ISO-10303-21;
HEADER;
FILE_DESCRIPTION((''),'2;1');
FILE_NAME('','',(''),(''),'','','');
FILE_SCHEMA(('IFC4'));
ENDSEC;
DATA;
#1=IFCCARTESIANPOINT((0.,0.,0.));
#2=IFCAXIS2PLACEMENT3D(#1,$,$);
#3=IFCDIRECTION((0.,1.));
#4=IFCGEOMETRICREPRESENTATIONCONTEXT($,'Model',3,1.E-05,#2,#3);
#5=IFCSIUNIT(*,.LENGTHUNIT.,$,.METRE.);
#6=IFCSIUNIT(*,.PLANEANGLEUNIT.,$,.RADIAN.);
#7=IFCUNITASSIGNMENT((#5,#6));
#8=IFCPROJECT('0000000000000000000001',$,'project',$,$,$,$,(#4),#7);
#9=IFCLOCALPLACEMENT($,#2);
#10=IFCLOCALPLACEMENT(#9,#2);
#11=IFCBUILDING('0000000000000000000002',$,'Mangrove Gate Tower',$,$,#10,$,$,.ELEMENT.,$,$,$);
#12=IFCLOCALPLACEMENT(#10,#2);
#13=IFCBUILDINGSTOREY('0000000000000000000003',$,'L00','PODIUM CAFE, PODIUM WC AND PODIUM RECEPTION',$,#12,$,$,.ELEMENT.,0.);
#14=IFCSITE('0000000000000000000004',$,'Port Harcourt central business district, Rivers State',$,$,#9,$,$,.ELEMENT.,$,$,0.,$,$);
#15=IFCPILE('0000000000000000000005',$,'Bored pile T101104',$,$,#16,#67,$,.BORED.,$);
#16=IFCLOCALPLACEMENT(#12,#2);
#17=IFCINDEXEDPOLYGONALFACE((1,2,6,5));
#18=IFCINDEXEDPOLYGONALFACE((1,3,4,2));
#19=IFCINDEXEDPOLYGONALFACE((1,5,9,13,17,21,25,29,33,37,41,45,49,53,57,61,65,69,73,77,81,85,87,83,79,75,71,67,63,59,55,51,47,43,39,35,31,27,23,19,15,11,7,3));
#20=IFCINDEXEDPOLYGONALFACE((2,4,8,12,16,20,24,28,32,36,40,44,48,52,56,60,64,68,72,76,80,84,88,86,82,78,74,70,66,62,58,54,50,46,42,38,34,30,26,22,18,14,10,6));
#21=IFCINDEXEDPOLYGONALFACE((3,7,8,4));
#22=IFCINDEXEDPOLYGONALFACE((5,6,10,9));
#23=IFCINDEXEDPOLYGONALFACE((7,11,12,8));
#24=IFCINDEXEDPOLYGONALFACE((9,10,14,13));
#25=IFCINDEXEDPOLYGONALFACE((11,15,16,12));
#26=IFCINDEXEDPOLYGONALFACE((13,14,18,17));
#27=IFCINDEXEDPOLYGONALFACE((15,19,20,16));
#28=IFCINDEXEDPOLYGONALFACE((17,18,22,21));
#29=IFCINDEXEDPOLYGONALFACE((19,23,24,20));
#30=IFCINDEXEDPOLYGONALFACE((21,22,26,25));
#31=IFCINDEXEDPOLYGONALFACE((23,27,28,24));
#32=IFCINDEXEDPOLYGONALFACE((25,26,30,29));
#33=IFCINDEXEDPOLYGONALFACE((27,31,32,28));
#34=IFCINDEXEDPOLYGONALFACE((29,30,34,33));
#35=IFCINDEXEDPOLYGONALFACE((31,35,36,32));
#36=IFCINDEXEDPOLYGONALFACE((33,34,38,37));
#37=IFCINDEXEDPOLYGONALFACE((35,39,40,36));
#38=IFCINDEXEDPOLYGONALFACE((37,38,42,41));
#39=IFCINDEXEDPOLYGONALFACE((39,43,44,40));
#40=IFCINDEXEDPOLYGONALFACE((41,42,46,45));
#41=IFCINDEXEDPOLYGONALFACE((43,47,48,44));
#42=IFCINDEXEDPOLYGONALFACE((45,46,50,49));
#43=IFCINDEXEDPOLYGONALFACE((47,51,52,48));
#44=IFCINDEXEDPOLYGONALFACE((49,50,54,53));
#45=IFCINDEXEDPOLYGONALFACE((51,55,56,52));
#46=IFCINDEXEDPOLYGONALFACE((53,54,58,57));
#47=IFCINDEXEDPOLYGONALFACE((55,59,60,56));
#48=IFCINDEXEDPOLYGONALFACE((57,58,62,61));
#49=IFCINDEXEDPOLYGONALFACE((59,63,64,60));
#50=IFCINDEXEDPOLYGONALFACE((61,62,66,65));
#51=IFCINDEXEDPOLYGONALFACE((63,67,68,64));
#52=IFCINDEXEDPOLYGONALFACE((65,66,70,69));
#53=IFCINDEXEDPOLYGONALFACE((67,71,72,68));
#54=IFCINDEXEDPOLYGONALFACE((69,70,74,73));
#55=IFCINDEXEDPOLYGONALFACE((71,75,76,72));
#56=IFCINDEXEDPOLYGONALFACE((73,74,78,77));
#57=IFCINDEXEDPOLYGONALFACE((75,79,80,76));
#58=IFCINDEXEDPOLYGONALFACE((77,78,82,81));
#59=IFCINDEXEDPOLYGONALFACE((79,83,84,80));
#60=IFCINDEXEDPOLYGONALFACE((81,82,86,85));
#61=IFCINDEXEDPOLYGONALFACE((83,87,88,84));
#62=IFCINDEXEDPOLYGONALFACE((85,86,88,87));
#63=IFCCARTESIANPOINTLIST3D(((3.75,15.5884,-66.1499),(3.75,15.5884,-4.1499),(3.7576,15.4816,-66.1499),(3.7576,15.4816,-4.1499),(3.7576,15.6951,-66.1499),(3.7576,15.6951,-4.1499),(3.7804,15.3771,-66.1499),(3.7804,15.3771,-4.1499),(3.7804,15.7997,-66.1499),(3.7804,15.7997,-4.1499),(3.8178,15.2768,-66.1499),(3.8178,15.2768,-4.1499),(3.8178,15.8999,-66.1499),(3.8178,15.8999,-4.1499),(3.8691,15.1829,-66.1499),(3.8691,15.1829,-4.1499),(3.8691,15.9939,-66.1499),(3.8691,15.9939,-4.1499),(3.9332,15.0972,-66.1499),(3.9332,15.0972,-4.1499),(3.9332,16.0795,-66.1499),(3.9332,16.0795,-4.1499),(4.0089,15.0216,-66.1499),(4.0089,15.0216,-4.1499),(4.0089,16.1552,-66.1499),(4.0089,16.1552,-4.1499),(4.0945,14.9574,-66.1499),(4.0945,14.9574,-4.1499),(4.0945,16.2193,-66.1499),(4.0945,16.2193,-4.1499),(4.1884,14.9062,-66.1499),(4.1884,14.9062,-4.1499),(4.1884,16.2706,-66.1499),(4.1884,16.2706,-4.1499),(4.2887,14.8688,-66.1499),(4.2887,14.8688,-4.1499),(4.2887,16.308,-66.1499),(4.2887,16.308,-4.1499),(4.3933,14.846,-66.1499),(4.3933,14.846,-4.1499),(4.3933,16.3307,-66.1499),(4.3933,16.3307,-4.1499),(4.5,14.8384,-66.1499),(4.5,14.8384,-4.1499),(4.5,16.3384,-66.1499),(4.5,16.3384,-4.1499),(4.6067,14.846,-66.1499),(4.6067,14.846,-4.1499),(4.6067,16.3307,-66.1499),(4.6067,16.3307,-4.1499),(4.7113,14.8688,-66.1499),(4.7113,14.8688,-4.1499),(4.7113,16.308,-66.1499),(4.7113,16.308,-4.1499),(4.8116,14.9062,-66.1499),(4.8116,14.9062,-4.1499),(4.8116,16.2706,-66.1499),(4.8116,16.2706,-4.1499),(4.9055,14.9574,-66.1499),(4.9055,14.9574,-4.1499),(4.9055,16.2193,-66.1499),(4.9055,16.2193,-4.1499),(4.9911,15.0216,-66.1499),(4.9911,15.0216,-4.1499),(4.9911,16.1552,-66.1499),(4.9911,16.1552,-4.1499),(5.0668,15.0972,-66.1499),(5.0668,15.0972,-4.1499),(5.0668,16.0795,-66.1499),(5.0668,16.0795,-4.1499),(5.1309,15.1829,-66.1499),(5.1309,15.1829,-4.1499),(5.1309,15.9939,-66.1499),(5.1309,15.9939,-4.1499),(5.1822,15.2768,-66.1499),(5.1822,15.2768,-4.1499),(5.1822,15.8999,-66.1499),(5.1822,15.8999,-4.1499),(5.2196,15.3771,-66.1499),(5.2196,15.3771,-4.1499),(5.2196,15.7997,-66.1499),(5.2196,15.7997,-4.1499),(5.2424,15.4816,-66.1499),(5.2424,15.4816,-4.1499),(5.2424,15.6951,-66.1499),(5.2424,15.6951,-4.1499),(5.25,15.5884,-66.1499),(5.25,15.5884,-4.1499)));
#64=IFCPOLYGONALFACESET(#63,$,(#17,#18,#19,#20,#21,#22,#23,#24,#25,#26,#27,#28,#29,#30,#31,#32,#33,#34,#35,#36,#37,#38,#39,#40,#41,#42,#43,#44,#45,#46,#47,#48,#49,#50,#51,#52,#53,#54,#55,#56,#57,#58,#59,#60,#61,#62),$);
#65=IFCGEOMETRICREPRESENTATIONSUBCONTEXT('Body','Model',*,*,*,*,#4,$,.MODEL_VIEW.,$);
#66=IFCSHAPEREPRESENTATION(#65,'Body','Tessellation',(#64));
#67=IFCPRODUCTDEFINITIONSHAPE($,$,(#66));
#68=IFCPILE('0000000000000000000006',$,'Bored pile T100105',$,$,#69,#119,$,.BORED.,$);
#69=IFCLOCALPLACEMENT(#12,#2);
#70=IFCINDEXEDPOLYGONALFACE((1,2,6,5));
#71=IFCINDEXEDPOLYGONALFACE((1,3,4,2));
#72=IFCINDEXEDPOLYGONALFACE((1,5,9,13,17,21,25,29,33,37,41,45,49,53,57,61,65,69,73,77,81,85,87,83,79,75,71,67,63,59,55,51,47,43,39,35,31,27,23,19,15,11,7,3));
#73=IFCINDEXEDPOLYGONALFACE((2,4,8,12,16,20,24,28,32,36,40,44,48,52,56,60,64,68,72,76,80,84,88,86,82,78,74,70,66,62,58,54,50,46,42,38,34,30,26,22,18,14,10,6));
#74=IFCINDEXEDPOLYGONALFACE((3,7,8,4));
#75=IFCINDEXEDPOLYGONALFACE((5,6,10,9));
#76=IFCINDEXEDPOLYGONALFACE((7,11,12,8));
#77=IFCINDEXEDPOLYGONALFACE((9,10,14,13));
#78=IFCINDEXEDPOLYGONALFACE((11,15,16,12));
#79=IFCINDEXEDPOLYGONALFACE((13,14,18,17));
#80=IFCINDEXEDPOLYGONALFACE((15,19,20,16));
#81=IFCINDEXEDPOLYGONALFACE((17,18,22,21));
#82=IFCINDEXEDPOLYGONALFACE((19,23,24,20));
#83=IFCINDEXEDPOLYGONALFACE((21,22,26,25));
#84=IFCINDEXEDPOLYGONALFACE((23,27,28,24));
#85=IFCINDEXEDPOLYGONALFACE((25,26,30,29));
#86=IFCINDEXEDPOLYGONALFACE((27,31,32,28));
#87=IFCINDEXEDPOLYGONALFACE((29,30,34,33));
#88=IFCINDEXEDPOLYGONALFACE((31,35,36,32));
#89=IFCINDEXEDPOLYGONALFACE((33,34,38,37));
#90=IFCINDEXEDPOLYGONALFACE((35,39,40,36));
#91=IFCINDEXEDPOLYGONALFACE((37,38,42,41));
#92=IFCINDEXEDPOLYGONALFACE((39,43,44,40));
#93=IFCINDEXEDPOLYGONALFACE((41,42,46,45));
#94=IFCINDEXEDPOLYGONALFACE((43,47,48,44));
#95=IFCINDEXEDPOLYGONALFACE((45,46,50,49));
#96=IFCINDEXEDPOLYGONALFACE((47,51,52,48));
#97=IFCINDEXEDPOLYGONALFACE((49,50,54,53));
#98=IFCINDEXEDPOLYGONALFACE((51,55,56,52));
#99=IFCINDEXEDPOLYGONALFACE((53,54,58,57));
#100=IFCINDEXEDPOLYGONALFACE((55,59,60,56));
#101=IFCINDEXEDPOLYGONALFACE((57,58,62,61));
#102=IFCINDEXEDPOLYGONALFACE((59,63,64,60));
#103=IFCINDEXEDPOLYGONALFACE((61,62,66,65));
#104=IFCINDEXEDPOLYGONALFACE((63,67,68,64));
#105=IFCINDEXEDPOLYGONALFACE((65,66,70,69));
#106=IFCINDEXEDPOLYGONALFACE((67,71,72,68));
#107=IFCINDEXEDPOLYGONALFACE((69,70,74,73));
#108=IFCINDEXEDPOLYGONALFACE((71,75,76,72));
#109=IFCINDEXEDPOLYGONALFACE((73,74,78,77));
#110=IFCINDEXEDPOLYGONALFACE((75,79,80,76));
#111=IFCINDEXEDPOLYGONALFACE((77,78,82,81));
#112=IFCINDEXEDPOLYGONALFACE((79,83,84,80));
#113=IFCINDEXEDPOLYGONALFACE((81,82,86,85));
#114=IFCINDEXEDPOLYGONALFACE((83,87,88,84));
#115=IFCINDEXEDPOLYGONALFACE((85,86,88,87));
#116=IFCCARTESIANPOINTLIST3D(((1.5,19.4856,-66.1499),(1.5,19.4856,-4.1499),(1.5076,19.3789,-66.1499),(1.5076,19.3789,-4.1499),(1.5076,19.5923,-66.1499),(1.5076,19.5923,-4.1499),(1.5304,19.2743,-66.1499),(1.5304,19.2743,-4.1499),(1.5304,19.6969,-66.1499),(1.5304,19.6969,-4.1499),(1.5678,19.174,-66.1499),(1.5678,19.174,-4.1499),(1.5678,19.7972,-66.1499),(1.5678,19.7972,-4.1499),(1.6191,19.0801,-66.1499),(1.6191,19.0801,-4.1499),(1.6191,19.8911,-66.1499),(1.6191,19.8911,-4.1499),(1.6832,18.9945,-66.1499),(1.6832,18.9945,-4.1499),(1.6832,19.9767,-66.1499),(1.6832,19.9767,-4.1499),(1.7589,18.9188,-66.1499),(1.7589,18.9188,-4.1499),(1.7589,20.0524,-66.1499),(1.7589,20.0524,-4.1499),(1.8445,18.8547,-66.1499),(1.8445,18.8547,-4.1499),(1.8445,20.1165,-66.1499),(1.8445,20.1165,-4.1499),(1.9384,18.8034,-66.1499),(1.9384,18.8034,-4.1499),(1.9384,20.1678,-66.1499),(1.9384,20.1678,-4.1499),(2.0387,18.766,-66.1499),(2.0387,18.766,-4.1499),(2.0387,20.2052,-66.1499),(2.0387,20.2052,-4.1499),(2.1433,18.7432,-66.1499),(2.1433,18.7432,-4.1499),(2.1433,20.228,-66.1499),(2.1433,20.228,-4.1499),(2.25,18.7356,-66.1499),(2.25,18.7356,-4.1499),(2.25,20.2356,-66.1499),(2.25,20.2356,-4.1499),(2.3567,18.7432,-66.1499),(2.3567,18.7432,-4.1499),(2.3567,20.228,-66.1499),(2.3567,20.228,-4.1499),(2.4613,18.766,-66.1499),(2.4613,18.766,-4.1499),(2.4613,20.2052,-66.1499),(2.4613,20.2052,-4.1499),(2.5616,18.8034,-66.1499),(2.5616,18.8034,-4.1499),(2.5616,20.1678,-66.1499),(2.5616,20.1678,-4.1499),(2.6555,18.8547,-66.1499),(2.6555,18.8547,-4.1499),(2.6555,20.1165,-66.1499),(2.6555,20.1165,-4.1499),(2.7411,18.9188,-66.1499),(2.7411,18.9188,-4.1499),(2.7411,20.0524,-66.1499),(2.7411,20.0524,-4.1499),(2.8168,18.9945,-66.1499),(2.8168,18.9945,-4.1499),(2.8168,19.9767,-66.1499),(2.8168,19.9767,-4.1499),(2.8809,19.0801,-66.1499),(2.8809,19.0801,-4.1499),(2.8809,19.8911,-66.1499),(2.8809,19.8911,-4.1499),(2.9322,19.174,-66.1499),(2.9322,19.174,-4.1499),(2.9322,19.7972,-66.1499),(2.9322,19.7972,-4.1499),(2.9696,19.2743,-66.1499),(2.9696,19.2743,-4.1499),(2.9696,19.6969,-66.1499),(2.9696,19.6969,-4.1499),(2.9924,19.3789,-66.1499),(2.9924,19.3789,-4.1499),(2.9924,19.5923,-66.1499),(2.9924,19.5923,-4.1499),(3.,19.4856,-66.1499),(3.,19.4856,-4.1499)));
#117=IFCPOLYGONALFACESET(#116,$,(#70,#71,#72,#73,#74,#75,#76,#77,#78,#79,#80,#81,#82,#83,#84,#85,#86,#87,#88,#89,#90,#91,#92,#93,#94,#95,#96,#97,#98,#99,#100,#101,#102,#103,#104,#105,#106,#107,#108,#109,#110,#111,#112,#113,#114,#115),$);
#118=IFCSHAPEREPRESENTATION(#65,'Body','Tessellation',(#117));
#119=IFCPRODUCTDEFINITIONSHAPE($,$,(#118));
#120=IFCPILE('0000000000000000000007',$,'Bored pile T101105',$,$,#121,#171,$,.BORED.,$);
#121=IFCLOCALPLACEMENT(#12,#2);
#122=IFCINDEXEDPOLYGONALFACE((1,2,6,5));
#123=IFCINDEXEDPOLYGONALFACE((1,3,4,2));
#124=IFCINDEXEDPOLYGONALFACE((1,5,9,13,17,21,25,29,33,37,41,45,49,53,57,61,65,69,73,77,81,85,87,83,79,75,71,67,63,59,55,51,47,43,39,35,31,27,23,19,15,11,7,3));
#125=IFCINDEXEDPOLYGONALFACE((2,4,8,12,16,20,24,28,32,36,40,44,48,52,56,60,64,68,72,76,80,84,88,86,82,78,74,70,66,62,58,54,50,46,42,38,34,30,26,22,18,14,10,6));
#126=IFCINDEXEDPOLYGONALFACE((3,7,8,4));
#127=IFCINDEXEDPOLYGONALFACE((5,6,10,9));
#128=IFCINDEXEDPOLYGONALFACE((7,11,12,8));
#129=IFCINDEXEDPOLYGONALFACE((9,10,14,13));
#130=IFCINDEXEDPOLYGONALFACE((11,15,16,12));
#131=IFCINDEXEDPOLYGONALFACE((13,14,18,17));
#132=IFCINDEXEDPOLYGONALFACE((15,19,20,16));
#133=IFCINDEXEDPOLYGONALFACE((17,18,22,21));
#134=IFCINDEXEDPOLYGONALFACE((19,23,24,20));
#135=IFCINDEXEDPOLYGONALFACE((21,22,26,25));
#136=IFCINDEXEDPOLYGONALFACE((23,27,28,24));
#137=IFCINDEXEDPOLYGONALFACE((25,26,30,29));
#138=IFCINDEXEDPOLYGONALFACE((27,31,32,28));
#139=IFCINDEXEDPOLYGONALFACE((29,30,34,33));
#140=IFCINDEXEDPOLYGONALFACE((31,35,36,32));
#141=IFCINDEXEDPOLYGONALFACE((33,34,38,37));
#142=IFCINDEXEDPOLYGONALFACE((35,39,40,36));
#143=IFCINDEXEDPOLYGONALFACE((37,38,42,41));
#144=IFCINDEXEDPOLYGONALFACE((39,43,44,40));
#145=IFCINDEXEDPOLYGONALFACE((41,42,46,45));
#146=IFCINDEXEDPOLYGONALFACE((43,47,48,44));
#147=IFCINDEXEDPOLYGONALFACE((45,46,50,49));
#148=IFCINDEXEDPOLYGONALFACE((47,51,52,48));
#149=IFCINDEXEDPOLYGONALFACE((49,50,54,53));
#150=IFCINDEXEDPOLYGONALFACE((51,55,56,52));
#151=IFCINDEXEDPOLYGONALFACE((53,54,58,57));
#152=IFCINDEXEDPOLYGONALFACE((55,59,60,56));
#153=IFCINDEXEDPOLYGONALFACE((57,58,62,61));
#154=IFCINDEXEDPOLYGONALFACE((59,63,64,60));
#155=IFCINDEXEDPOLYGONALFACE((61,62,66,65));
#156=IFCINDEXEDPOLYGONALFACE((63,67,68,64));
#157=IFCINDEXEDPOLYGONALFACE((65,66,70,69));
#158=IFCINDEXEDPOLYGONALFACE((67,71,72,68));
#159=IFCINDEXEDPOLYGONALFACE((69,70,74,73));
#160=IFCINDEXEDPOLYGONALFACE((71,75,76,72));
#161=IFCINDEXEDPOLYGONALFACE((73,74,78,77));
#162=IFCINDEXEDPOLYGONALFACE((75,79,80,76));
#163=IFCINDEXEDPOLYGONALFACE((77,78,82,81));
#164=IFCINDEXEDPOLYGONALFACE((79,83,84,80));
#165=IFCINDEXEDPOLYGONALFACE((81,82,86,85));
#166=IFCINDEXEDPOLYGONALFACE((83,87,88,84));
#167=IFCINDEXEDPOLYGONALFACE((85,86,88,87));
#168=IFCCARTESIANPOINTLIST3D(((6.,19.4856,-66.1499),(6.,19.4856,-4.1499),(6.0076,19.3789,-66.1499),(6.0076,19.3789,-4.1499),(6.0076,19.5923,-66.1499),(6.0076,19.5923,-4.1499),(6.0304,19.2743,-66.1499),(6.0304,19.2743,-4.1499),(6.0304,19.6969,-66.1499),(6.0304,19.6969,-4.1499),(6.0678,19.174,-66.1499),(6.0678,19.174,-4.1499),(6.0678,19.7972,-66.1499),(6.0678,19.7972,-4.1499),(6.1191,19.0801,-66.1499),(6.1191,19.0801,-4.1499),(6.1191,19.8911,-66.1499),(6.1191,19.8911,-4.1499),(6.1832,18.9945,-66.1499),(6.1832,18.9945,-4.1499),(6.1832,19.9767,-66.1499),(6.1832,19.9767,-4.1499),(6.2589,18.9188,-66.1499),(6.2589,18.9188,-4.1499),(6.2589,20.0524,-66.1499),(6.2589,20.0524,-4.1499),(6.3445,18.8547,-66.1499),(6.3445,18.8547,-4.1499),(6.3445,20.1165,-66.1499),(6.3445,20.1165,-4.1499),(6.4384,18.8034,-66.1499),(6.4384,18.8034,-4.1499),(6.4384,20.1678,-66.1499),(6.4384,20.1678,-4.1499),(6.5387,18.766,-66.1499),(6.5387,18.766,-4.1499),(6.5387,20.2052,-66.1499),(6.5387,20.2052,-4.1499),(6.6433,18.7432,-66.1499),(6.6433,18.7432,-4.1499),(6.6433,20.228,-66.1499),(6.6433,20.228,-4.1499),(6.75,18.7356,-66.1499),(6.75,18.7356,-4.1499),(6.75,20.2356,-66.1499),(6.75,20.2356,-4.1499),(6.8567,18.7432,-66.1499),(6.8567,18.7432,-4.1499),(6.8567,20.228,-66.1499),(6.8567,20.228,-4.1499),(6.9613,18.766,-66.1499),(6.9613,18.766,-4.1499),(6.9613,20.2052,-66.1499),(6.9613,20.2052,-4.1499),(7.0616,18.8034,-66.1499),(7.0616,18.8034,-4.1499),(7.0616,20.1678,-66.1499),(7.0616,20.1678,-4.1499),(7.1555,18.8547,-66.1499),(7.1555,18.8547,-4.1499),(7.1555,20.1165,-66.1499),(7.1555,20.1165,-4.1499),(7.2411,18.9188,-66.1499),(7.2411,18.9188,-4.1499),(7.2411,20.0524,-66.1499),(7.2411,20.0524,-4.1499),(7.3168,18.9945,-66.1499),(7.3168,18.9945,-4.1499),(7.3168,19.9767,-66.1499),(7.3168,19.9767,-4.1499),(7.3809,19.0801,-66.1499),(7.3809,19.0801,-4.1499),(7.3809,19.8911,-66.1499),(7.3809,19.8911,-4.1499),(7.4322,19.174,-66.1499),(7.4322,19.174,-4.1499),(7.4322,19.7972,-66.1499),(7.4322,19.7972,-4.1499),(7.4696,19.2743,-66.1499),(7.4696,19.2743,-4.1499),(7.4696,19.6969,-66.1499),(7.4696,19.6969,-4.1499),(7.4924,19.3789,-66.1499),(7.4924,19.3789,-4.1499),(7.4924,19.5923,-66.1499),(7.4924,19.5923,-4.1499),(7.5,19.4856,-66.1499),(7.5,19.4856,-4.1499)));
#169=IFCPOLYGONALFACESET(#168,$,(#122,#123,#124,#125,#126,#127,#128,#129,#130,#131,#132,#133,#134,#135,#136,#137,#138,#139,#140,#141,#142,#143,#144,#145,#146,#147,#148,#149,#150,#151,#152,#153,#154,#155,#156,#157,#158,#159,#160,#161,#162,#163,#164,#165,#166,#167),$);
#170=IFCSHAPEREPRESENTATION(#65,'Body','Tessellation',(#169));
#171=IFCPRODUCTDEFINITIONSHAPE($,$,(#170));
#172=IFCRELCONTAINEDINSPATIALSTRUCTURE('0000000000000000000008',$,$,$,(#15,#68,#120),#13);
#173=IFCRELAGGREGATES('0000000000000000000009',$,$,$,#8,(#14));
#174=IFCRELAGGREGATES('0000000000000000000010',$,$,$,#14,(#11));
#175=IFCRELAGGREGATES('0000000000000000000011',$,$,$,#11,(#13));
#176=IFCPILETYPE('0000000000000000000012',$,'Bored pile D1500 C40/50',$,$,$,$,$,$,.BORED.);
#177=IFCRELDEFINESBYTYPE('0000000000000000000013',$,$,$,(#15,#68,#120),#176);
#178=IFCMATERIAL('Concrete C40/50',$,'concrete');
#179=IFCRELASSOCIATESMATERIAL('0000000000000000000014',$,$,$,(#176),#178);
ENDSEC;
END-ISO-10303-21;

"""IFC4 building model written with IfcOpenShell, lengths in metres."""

from ifc_helpers import new_model, si_unit, direction, frame, origin, origin_2d, place, context, subcontext, project, spatial, circle, extrude, material, material_profile, profile_set, type_object, element, save


model = new_model("IFC4")

# Units and contexts
model_context = context("Model", 3, precision=1e-05, world=origin(), true_north=direction((0.0, 1.0)))
body_context = subcontext(model_context, "Body", "Model", "MODEL_VIEW")
ifc_project = project(units=[si_unit("LENGTHUNIT", "METRE"), si_unit("PLANEANGLEUNIT", "RADIAN")], contexts=[model_context])

# Site, building, storey
site_placement = place(None, origin())
site = spatial("IfcSite", under=ifc_project, at=site_placement, Name="Port Harcourt central business district, Rivers State", CompositionType="ELEMENT", RefElevation=0.0)
building_placement = place(site_placement, origin())
building = spatial("IfcBuilding", under=site, at=building_placement, Name="Mangrove Gate Tower", CompositionType="ELEMENT")
storey_placement = place(building_placement, origin())
storey = spatial("IfcBuildingStorey", under=building, at=storey_placement, Name="L00", Description="PODIUM CAFE, PODIUM WC AND PODIUM RECEPTION", CompositionType="ELEMENT", Elevation=0.0)

# Piles
ifc_material_1 = material(Name="Concrete C40/50", Category="concrete")
ifc_material_profile = material_profile(ifc_material_1, circle(Radius=0.75, at=origin_2d()))
ifc_profile_set = profile_set([ifc_material_profile], Name="Concrete C40/50")
pile_type = type_object("IfcPileType", Name="Bored pile D1500 C40/50", PredefinedType="BORED", material=ifc_profile_set)
for number, where, z_axis, x_axis, name in (
    (1, (4.5, 15.5884, -4.1499), (0.0, 0.0, -1.0), (1.0, 0.0, 0.0), "Bored pile T101104"),
    (2, (2.25, 19.4856, -4.1499), (0.0, 0.0, -1.0), (1.0, 0.0, 0.0), "Bored pile T100105"),
    (3, (6.75, 19.4856, -4.1499), (0.0, 0.0, -1.0), (1.0, 0.0, 0.0), "Bored pile T101105"),
):
    element("IfcPile", number, at=place(storey_placement, frame(where, z_axis=z_axis, x_axis=x_axis)), inside=storey, type_object=pile_type, Name=name, PredefinedType="BORED", context=body_context, shape_type="SweptSolid", body=[
        extrude(circle(Radius=0.75, at=origin_2d()), origin(), (0.0, 0.0, 1.0), 62.0),
    ])

save(model, "model.ifc")
